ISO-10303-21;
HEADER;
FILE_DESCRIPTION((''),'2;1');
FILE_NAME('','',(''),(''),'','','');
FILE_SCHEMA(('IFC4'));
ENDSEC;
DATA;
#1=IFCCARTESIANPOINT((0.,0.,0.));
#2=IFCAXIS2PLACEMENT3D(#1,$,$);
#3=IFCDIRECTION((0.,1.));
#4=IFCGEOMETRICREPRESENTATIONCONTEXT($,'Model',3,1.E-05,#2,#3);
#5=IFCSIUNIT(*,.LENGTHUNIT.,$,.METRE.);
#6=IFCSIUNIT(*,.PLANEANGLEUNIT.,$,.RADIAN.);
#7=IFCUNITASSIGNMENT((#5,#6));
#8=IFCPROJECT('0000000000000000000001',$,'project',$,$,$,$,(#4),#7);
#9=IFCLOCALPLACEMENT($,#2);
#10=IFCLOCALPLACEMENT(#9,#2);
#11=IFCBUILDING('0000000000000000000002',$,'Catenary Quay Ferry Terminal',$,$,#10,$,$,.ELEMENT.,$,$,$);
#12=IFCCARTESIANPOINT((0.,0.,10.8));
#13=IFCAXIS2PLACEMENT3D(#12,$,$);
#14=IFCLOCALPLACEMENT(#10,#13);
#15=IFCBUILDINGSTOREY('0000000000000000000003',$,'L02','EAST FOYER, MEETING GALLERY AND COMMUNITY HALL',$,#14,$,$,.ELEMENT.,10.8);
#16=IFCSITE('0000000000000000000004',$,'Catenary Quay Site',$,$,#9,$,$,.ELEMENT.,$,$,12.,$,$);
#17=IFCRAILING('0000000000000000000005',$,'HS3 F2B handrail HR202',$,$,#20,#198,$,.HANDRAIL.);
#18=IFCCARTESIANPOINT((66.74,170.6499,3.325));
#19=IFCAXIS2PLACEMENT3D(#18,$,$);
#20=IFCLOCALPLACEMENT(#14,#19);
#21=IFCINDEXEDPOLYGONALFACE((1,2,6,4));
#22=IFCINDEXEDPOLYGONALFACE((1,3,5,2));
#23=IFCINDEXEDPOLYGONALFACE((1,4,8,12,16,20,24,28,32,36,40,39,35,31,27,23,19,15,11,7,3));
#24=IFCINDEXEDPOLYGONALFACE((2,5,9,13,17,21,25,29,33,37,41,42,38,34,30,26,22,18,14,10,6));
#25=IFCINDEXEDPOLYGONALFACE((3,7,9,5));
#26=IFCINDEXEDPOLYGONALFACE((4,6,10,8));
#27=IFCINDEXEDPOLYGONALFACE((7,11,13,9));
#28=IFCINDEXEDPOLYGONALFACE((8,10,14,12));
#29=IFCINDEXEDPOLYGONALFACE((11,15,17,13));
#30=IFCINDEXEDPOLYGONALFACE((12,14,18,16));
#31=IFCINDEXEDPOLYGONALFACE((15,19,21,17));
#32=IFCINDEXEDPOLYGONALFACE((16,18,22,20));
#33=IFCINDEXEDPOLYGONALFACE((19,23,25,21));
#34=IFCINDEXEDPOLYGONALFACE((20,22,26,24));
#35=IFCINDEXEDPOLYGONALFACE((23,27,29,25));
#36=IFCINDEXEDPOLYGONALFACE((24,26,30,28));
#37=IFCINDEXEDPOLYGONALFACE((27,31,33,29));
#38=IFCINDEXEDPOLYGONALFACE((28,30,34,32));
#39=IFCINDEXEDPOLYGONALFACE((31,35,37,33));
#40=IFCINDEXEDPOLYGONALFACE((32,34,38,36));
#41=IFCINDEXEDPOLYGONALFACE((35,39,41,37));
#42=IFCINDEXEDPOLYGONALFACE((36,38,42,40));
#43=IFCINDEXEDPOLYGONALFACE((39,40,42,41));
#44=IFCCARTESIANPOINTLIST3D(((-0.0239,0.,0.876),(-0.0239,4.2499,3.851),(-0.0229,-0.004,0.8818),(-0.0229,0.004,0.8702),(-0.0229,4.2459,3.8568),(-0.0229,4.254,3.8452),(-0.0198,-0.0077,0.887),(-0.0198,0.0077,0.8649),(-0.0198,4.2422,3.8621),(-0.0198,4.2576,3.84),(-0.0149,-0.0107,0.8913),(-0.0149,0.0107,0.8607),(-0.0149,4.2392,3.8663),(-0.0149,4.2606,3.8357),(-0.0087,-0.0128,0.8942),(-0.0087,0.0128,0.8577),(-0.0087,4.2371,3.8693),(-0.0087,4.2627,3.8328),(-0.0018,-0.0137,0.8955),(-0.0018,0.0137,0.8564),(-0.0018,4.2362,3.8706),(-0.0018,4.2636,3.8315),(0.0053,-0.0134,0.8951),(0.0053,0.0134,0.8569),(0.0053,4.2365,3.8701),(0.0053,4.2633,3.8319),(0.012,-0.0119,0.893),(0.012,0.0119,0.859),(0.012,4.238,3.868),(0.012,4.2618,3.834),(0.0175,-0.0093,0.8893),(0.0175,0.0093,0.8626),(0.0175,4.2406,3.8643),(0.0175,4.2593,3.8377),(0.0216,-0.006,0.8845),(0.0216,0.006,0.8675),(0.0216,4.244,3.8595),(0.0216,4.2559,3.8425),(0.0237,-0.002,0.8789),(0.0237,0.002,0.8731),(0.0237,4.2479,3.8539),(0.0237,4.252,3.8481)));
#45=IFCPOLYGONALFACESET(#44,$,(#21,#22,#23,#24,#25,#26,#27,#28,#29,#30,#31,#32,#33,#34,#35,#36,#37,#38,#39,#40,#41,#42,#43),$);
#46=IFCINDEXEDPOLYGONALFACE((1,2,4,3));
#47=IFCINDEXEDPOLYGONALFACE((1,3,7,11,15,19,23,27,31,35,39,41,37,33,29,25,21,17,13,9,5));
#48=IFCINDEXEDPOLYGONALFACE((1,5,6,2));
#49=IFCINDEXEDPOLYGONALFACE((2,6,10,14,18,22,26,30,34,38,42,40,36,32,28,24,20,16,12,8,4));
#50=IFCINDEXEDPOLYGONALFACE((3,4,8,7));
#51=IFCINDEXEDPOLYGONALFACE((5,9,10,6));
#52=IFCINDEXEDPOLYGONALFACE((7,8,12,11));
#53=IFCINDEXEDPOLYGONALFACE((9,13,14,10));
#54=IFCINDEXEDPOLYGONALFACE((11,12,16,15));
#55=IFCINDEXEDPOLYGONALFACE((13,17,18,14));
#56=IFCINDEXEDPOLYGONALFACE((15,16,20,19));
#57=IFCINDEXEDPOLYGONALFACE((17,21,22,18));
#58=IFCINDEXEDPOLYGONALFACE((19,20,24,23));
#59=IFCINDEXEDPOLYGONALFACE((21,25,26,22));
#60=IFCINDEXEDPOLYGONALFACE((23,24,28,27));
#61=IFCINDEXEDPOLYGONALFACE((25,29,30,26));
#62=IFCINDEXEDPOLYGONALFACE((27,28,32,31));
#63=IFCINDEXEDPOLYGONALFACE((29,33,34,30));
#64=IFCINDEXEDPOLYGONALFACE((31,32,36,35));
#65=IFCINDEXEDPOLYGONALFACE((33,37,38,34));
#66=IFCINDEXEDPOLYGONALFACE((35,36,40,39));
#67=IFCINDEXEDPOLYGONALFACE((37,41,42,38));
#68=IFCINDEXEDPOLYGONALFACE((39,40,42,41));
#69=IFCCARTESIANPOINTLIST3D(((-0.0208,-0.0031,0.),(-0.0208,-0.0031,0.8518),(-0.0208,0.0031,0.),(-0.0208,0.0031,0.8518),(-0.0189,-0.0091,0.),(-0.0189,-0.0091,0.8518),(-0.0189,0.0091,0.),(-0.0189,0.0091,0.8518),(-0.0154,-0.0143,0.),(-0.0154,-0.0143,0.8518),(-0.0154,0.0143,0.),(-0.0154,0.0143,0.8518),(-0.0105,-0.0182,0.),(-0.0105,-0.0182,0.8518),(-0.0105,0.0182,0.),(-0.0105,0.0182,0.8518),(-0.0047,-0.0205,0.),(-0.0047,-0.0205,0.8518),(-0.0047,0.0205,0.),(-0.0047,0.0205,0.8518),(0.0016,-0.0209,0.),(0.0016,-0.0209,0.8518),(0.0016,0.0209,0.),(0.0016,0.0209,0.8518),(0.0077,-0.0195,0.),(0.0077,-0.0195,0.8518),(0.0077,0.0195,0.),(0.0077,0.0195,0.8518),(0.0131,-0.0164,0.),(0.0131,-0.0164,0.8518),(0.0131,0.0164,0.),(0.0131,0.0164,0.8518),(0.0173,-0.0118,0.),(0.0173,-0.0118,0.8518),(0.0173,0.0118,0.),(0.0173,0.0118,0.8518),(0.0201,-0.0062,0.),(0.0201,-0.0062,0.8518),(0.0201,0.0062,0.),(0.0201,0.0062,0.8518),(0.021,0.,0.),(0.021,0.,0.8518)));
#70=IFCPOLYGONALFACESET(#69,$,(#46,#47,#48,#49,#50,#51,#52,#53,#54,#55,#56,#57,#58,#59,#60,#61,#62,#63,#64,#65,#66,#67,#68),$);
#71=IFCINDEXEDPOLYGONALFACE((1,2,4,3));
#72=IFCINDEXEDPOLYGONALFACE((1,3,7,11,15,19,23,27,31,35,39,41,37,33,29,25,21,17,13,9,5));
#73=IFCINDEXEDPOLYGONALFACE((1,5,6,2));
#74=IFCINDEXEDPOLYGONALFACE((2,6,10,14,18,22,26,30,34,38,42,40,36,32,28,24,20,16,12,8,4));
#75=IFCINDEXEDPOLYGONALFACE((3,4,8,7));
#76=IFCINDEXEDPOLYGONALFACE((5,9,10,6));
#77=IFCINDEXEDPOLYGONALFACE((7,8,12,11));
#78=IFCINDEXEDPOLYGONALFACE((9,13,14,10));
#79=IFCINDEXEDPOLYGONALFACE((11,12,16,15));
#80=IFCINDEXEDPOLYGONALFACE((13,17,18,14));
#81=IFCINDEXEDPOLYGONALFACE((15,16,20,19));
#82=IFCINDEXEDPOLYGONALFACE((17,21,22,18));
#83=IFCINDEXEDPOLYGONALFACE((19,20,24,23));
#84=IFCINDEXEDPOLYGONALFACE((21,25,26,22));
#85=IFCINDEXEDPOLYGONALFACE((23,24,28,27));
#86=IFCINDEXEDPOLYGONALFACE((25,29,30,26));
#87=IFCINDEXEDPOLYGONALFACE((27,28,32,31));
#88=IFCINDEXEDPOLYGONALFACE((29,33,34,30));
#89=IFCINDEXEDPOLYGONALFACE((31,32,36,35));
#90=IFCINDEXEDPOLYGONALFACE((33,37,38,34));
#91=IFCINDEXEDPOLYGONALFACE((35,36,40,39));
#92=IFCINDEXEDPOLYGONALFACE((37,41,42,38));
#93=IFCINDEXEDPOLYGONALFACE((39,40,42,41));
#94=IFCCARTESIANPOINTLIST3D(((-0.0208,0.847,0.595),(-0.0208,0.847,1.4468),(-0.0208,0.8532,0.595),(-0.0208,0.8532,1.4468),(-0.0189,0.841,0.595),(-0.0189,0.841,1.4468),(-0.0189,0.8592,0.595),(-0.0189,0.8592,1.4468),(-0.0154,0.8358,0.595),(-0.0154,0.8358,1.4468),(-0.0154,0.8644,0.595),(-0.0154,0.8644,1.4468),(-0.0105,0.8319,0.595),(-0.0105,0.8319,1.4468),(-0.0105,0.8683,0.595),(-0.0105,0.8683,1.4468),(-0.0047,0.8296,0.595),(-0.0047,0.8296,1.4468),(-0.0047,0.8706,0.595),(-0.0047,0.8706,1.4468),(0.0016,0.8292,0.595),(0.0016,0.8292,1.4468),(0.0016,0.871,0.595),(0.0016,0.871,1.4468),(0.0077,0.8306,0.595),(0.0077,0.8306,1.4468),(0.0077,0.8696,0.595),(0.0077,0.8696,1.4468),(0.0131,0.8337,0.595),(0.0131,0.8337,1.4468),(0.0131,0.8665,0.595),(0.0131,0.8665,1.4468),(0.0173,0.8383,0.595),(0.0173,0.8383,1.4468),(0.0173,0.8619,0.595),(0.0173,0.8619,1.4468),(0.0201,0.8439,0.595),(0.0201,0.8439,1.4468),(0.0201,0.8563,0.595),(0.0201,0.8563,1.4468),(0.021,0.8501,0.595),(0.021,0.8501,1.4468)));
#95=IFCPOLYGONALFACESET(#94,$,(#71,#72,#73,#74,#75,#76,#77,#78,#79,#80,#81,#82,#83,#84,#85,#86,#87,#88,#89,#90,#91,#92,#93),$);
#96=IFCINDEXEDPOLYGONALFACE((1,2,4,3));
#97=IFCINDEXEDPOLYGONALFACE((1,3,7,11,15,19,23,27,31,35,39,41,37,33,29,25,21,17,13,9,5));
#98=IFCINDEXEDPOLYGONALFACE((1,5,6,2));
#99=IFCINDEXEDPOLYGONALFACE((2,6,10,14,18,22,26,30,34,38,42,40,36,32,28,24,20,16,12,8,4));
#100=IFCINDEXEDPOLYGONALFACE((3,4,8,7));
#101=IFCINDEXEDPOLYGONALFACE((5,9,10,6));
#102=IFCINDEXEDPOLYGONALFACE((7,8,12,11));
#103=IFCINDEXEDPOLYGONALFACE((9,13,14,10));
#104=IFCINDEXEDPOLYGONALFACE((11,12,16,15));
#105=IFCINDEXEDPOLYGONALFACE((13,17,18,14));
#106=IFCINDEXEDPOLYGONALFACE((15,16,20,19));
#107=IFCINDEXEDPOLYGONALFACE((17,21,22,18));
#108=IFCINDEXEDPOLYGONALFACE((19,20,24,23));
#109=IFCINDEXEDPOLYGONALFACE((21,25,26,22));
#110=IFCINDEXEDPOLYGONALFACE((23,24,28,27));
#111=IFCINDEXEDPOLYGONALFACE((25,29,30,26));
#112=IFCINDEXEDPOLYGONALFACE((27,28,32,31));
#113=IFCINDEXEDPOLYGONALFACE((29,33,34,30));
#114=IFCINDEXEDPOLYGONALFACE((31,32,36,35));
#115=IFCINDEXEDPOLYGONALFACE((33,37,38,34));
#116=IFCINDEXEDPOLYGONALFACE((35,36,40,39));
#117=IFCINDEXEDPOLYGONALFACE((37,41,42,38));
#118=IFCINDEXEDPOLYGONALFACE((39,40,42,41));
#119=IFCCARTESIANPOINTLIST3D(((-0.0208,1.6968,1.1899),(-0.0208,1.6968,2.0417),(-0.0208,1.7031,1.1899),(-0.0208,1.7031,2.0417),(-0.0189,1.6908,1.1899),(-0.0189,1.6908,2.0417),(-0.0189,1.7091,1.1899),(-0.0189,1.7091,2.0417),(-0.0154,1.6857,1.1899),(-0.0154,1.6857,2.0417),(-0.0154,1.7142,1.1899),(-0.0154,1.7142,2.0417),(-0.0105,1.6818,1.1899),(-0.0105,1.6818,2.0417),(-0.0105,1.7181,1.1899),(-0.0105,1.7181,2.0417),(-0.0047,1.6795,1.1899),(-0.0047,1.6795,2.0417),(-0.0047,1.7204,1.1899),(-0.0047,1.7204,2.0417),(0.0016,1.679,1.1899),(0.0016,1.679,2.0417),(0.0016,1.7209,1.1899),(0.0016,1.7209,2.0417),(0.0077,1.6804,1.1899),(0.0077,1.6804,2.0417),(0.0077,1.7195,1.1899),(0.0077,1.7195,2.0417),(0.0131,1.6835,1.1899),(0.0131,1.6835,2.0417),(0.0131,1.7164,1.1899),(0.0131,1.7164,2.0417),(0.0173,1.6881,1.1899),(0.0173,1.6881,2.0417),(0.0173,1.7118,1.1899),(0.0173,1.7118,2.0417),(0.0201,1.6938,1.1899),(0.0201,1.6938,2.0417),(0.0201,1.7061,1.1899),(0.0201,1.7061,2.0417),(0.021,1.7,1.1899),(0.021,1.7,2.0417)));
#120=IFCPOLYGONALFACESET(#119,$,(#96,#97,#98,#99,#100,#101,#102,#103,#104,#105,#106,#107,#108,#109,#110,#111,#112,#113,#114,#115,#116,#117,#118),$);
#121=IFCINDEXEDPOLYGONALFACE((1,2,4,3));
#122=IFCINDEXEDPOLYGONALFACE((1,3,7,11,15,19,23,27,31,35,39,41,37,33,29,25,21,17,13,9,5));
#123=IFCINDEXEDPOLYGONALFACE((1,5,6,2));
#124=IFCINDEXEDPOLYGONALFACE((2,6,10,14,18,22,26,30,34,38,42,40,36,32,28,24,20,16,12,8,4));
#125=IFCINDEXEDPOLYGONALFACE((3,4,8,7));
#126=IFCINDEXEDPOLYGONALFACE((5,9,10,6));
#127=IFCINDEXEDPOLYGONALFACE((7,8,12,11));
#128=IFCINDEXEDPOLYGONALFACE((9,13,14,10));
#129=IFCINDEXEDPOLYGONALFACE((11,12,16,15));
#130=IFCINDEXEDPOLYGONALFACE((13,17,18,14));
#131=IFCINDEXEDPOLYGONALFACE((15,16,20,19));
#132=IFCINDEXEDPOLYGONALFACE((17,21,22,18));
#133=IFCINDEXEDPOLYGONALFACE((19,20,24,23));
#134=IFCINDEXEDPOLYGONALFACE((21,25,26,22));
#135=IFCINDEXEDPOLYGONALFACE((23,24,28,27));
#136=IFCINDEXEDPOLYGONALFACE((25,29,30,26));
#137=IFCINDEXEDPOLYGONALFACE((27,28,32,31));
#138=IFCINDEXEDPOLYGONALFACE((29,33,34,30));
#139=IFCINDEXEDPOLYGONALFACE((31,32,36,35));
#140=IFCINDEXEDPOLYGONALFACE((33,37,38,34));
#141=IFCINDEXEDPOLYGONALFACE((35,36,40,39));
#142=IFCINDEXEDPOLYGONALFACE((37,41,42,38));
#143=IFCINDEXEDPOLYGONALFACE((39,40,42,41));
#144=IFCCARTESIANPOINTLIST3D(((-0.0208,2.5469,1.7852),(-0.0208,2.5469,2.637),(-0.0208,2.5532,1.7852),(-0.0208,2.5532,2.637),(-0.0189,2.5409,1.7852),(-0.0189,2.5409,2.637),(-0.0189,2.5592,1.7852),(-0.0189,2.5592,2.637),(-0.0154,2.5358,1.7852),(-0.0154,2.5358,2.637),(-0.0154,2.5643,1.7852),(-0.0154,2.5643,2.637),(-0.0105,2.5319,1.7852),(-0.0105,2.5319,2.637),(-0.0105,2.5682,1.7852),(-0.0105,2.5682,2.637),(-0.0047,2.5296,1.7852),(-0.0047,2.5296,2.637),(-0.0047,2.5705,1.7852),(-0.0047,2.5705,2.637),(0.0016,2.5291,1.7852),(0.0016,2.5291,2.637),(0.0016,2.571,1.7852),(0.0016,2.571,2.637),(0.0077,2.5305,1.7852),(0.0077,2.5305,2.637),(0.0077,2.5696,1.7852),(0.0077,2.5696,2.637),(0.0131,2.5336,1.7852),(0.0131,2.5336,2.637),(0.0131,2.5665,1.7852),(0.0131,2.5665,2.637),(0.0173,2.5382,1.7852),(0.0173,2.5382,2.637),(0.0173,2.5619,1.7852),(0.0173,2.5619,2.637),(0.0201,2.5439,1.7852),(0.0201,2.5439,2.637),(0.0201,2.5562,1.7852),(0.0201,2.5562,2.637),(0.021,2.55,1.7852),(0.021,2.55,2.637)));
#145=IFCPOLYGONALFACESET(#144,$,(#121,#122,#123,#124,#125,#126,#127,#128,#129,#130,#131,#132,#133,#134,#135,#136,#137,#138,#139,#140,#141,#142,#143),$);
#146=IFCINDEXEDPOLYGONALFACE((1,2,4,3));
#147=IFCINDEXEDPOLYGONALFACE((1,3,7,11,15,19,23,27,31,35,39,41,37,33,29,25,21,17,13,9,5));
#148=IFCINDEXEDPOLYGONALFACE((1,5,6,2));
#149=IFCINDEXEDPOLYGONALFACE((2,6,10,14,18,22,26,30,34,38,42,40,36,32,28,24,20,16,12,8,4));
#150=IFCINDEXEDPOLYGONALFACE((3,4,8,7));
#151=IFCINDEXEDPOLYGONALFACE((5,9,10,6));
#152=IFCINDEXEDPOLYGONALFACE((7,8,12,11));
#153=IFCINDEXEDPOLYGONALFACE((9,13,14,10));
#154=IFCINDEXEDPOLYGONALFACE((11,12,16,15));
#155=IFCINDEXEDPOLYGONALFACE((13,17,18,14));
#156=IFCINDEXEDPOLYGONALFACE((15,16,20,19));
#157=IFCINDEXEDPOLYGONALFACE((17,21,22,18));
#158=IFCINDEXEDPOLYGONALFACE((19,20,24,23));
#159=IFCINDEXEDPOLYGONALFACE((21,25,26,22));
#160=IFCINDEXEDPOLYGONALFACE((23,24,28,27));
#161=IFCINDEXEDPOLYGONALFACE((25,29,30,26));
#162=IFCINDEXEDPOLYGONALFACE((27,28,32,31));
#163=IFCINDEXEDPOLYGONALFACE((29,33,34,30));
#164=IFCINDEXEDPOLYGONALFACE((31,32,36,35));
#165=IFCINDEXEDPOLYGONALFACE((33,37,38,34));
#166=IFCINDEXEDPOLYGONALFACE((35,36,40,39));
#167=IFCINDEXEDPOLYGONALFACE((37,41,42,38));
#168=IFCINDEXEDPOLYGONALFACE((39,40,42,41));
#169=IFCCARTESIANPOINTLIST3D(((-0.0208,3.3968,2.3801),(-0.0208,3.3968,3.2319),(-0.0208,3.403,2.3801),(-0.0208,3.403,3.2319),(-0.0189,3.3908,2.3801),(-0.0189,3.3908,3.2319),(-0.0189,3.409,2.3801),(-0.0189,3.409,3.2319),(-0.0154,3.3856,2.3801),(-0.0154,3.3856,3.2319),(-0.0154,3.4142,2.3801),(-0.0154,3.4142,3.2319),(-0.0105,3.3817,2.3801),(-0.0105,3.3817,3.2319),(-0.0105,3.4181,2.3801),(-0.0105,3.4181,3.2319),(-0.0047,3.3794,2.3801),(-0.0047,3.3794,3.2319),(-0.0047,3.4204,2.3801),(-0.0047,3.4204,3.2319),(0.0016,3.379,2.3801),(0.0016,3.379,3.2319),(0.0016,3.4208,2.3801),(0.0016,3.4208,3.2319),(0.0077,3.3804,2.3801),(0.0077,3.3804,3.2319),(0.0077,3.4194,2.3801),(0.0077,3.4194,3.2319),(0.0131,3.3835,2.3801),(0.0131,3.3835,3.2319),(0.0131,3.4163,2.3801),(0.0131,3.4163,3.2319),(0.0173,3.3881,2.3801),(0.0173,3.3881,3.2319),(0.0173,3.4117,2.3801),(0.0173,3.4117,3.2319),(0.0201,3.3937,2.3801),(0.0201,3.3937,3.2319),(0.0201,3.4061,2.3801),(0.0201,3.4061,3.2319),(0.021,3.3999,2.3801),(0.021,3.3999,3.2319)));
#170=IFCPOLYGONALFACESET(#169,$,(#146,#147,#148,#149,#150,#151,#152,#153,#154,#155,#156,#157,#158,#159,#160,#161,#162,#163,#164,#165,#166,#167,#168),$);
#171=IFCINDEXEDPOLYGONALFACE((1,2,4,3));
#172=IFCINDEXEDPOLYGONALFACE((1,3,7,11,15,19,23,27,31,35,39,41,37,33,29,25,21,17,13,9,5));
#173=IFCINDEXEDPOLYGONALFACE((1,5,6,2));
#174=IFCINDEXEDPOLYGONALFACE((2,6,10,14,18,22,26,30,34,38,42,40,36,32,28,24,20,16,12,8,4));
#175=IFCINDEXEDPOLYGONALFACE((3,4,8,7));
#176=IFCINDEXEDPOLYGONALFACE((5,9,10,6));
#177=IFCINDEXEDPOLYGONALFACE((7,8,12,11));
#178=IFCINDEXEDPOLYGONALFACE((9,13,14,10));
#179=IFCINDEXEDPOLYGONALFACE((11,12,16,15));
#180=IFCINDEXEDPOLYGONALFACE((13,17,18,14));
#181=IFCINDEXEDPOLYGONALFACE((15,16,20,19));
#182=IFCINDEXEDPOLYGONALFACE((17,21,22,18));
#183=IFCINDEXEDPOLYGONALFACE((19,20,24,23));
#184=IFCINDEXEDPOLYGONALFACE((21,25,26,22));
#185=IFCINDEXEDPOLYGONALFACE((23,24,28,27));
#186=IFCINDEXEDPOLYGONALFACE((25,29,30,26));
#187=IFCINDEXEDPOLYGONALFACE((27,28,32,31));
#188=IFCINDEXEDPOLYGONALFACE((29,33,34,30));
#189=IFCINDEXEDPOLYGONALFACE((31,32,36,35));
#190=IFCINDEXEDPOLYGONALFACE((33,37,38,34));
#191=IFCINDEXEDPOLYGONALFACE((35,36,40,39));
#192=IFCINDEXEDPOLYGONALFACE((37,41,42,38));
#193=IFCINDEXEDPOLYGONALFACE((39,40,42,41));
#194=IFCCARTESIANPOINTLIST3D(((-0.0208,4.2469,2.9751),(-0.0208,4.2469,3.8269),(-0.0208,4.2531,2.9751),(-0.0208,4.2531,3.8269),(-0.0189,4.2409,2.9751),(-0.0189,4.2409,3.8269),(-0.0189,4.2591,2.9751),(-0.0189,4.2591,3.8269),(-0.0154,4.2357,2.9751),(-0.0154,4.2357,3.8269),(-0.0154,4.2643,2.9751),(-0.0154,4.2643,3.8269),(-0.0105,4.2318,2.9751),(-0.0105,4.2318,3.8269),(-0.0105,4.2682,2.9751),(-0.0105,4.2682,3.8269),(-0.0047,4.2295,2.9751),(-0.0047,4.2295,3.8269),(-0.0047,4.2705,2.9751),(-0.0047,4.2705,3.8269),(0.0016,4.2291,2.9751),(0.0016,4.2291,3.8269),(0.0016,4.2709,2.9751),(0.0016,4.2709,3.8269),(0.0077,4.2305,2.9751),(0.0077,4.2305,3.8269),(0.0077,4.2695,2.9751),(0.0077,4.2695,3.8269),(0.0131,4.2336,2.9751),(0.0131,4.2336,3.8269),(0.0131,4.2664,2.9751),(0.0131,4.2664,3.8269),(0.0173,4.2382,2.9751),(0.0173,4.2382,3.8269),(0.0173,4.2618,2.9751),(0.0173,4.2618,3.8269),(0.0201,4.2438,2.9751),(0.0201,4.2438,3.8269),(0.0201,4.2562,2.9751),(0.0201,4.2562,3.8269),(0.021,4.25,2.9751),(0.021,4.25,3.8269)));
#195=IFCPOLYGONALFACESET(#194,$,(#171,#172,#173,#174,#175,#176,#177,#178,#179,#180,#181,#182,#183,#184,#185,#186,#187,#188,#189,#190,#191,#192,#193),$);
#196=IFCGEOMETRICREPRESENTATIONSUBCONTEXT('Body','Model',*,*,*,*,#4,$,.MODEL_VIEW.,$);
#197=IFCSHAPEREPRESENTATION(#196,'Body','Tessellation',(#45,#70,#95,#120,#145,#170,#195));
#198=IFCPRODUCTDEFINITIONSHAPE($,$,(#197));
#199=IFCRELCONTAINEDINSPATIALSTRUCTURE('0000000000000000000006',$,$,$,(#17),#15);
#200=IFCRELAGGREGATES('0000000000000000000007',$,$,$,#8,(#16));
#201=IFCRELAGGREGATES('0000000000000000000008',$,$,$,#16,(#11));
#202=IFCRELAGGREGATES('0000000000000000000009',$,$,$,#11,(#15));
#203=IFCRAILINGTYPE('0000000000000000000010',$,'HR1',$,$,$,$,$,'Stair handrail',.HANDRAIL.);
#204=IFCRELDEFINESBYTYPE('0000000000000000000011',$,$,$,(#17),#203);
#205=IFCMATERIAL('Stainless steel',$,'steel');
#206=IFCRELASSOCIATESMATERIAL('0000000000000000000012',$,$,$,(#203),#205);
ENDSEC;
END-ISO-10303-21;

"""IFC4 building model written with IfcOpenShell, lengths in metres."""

from ifc_helpers import new_model, si_unit, direction, frame, origin, origin_2d, place, context, subcontext, project, spatial, circle, extrude, material, type_object, element, save


model = new_model("IFC4")

# Units and contexts
model_context = context("Model", 3, precision=1e-05, world=origin(), true_north=direction((0.0, 1.0)))
body_context = subcontext(model_context, "Body", "Model", "MODEL_VIEW")
ifc_project = project(units=[si_unit("LENGTHUNIT", "METRE"), si_unit("PLANEANGLEUNIT", "RADIAN")], contexts=[model_context])

# Site, building, storey
site_placement = place(None, origin())
site = spatial("IfcSite", under=ifc_project, at=site_placement, Name="Catenary Quay Site", CompositionType="ELEMENT", RefElevation=12.0)
building_placement = place(site_placement, origin())
building = spatial("IfcBuilding", under=site, at=building_placement, Name="Catenary Quay Ferry Terminal", CompositionType="ELEMENT")
storey_placement = place(building_placement, frame((0.0, 0.0, 10.8)))
storey = spatial("IfcBuildingStorey", under=building, at=storey_placement, Name="L02", Description="EAST FOYER, MEETING GALLERY AND COMMUNITY HALL", CompositionType="ELEMENT", Elevation=10.8)

# Railing
ifc_material_1 = material(Name="Stainless steel", Category="steel")
railing_type = type_object("IfcRailingType", Name="HR1", ElementType="Stair handrail", PredefinedType="HANDRAIL", material=ifc_material_1)
railing_placement = place(storey_placement, frame((66.74, 170.6499, 3.325)))
element("IfcRailing", 1, at=railing_placement, inside=storey, type_object=railing_type, Name="HS3 F2B handrail HR202", PredefinedType="HANDRAIL", context=body_context, shape_type="SweptSolid", body=[
    extrude(circle(Radius=0.0239, at=origin_2d()), frame((0.0, 0.0, 0.876), z_axis=(0.0, 0.819223, 0.573475), x_axis=(-1.0, 0.0, 0.0)), (0.0, 0.0, 1.0), 5.1877),
    extrude(circle(Radius=0.021, at=origin_2d()), origin(), (0.0, 0.0, 1.0), 0.8518),
    extrude(circle(Radius=0.021, at=origin_2d()), frame((0.0, 0.8501, 0.595)), (0.0, 0.0, 1.0), 0.8518),
    extrude(circle(Radius=0.021, at=origin_2d()), frame((0.0, 1.7, 1.1899)), (0.0, 0.0, 1.0), 0.8518),
    extrude(circle(Radius=0.021, at=origin_2d()), frame((0.0, 2.55, 1.7852)), (0.0, 0.0, 1.0), 0.8518),
    extrude(circle(Radius=0.021, at=origin_2d()), frame((0.0, 3.3999, 2.3801)), (0.0, 0.0, 1.0), 0.8518),
    extrude(circle(Radius=0.021, at=origin_2d()), frame((0.0, 4.25, 2.9751)), (0.0, 0.0, 1.0), 0.8518),
])

save(model, "model.ifc")
